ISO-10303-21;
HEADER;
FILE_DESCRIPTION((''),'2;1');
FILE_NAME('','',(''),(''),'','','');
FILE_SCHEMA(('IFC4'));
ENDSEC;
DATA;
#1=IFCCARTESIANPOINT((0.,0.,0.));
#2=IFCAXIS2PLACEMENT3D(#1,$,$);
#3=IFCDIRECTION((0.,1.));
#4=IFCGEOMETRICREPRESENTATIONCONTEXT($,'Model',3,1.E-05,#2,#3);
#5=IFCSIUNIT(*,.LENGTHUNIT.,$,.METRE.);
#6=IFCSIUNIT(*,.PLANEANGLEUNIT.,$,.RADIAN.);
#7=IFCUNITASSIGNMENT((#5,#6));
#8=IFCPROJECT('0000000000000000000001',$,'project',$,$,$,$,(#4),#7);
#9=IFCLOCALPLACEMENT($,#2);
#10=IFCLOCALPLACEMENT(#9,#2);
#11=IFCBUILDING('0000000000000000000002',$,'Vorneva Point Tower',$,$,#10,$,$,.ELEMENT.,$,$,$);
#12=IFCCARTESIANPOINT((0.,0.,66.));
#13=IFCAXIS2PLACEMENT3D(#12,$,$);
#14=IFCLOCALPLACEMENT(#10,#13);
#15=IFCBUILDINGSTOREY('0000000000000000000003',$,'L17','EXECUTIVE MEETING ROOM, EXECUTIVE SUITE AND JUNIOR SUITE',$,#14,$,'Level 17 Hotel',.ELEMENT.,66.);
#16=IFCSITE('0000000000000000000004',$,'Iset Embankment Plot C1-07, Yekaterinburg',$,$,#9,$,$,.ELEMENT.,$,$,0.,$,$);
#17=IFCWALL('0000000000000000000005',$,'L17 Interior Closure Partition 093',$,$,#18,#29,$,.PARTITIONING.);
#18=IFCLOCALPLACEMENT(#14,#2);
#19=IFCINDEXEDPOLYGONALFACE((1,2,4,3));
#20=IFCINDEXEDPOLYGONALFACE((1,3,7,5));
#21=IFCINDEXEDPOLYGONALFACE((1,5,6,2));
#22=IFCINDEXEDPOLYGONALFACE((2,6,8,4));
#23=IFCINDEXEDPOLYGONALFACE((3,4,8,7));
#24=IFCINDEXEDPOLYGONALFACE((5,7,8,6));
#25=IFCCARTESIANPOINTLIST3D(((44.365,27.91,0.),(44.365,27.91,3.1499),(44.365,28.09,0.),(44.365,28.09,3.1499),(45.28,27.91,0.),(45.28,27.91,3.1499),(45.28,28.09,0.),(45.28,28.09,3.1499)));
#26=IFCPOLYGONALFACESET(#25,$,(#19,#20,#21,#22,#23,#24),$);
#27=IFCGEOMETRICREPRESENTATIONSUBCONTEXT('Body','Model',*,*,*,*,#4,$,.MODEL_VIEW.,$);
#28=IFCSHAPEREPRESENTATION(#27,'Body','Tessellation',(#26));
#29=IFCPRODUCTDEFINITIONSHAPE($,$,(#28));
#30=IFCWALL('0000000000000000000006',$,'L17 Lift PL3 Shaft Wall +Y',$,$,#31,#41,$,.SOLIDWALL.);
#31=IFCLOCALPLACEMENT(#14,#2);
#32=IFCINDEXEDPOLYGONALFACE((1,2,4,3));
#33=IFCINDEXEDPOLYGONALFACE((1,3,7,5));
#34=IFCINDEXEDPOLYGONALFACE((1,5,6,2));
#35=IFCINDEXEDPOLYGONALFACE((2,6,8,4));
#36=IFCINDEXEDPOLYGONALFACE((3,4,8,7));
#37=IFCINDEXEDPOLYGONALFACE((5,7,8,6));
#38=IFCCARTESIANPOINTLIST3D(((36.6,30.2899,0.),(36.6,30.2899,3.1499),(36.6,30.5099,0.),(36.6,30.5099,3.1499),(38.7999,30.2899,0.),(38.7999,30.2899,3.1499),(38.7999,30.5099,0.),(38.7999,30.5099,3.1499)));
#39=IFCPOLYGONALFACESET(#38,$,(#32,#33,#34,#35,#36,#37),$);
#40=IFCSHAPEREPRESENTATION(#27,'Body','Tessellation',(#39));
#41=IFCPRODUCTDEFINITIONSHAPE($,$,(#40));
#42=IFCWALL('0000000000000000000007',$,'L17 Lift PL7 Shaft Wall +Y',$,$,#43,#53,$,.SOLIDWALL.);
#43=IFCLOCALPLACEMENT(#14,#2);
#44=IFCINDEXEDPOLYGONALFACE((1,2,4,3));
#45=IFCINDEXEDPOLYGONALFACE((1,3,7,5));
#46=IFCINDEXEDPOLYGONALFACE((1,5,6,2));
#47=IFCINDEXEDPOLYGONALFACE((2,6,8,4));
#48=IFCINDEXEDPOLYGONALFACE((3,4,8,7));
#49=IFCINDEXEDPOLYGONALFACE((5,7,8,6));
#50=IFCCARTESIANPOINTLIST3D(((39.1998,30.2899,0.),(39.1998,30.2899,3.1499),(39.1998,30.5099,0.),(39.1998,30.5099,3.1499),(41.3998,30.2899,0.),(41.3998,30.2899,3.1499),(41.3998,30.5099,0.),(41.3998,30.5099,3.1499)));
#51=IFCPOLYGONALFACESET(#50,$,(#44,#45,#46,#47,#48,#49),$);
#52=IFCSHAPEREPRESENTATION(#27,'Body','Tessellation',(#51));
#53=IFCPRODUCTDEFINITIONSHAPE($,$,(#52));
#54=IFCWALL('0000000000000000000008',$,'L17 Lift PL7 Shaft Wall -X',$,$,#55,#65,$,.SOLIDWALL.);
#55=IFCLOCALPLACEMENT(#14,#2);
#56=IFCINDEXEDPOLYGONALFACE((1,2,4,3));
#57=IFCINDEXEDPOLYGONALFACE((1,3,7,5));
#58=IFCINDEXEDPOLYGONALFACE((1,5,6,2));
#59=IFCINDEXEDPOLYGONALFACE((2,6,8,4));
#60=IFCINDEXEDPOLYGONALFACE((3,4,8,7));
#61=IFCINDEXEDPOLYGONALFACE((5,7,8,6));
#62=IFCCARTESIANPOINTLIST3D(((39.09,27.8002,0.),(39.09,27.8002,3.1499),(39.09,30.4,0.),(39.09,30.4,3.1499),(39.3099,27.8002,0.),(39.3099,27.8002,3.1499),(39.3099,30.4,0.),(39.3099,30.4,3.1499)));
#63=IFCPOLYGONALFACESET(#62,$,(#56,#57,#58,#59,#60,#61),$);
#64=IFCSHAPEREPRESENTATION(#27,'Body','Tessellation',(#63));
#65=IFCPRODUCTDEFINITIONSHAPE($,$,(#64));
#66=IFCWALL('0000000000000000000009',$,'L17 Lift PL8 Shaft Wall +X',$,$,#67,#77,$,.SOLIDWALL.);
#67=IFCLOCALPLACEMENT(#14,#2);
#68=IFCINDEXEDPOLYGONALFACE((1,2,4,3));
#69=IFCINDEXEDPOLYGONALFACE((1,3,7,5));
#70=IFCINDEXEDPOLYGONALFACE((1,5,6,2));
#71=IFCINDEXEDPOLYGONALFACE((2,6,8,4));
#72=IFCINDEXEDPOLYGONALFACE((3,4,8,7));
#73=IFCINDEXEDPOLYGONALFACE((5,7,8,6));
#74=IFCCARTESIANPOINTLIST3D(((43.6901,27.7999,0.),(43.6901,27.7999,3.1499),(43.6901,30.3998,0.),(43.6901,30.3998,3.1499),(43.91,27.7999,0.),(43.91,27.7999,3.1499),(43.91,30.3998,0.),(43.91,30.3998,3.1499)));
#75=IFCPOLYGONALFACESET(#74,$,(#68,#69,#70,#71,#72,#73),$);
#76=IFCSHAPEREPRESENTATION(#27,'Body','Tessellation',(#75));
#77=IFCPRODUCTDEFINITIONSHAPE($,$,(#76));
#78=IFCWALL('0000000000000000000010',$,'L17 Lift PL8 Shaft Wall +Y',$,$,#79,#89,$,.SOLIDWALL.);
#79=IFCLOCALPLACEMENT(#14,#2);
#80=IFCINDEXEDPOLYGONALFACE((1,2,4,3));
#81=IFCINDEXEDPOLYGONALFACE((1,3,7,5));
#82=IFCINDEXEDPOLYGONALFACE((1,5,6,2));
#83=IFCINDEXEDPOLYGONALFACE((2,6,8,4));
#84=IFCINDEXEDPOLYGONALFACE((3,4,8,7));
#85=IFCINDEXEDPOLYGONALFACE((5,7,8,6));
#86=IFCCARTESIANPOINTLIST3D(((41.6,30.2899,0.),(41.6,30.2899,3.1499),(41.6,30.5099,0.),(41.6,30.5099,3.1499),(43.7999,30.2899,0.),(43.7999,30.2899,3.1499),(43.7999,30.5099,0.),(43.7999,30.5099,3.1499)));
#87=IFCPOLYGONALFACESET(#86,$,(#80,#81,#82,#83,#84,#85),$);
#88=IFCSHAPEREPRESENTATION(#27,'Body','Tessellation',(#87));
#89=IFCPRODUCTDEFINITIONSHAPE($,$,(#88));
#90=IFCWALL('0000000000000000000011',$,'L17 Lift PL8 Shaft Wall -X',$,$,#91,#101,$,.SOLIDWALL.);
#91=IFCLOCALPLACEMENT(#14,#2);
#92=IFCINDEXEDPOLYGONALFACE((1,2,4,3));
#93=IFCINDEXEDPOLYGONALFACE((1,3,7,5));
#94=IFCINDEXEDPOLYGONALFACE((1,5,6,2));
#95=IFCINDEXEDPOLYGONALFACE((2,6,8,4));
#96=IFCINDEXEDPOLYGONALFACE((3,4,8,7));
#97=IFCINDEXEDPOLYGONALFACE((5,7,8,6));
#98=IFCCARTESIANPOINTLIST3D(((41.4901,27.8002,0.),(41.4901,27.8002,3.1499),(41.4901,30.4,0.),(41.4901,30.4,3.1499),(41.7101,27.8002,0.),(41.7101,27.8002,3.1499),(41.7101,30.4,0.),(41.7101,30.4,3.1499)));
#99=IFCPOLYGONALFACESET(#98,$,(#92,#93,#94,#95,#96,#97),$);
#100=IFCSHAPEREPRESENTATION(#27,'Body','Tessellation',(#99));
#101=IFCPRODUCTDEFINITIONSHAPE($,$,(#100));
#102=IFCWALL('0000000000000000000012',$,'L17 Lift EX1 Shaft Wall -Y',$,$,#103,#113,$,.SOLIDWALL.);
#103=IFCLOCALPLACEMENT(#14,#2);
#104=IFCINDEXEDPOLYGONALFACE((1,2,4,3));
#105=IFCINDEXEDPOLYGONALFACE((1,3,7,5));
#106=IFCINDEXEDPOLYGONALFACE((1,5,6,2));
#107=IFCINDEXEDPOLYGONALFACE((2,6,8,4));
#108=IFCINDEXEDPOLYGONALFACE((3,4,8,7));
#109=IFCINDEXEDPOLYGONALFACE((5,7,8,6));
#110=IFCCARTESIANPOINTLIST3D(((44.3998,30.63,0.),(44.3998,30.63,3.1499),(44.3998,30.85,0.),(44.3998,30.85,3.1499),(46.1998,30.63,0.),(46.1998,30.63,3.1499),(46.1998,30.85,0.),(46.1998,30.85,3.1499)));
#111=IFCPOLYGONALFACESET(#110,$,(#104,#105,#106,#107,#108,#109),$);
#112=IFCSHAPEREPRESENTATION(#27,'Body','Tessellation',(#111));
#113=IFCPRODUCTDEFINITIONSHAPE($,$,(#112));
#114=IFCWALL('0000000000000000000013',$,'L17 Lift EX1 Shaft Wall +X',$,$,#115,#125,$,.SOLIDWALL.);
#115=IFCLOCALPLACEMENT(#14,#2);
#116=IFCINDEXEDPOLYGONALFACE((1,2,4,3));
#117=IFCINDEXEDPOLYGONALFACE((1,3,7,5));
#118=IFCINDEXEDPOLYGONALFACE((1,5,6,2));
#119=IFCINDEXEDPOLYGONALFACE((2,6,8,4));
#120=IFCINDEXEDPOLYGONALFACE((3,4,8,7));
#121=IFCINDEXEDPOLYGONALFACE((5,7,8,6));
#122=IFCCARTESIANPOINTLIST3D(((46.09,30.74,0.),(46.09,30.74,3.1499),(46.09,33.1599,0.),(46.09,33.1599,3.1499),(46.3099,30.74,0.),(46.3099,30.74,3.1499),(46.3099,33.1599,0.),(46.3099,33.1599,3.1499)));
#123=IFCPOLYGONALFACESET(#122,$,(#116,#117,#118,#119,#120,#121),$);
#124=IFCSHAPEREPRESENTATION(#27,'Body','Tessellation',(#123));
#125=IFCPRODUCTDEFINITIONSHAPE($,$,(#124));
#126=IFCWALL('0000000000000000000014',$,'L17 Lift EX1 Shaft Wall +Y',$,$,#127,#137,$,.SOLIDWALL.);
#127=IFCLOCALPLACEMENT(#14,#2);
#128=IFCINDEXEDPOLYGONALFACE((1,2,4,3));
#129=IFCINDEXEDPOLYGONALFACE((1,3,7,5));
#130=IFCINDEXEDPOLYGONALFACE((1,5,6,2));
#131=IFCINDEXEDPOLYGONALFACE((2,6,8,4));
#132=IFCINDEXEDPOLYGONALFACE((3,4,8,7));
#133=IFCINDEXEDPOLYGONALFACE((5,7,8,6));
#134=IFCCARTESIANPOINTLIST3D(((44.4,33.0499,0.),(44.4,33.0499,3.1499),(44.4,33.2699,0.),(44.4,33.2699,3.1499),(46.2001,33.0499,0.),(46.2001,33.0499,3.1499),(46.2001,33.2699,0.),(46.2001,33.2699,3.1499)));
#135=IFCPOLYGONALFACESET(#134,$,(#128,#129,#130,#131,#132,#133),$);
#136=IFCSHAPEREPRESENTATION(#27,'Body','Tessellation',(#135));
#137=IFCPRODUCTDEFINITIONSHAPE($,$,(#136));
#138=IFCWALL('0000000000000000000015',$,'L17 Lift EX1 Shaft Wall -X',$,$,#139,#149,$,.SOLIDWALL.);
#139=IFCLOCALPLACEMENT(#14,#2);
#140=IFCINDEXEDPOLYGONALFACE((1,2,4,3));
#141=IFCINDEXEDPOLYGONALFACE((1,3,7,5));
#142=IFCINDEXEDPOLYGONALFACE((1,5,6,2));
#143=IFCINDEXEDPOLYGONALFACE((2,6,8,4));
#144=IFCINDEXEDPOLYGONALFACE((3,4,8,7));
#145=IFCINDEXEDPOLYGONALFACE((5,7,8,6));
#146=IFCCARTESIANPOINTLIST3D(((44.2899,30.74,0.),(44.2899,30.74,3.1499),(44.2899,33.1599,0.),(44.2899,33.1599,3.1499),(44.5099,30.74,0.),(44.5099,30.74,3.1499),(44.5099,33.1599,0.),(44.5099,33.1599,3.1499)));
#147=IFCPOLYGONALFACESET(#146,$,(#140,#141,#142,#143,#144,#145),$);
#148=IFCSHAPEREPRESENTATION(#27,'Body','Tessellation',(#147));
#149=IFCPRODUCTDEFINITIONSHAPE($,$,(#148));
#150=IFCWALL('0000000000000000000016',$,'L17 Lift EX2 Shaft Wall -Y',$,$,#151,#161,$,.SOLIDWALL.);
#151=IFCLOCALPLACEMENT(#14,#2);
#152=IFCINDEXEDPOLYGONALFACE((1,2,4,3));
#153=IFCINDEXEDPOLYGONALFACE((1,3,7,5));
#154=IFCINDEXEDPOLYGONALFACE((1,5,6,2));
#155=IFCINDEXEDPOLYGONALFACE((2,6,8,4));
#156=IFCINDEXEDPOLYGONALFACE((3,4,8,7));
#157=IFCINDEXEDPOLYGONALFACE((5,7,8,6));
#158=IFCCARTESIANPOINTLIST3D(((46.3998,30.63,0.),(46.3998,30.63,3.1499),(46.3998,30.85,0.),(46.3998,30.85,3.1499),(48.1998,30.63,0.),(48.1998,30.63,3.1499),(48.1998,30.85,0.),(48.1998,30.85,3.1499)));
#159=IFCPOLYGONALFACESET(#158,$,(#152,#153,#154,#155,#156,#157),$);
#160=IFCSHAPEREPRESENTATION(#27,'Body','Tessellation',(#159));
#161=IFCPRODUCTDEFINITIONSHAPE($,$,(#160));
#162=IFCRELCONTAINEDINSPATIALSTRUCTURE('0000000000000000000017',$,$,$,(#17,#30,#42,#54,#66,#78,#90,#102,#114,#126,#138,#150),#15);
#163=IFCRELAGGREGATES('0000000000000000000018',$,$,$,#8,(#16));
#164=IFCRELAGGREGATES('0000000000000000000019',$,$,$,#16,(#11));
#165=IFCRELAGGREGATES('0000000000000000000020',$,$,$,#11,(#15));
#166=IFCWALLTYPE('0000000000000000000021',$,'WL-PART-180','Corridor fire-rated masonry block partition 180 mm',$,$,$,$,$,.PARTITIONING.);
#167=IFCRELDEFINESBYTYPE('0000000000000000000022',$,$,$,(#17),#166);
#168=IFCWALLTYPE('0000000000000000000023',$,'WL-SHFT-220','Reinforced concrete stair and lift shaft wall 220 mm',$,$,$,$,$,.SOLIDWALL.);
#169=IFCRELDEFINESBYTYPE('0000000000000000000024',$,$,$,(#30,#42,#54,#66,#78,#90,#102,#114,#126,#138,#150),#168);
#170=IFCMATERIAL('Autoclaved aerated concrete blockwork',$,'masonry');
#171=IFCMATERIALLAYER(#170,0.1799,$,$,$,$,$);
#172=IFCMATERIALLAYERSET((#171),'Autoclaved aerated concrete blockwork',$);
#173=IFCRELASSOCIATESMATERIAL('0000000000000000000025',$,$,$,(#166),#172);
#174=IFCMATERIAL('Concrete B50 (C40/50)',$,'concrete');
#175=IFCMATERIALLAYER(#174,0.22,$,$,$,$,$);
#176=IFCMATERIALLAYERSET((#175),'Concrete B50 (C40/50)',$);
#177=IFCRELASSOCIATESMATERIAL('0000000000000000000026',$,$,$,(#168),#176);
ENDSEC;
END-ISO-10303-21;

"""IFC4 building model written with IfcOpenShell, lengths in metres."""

from ifc_helpers import new_model, si_unit, direction, frame, frame_2d, origin, place, context, subcontext, project, spatial, rectangle, extrude, material, layer, layer_set, type_object, element, save


model = new_model("IFC4")

# Units and contexts
model_context = context("Model", 3, precision=1e-05, world=origin(), true_north=direction((0.0, 1.0)))
body_context = subcontext(model_context, "Body", "Model", "MODEL_VIEW")
ifc_project = project(units=[si_unit("LENGTHUNIT", "METRE"), si_unit("PLANEANGLEUNIT", "RADIAN")], contexts=[model_context])

# Site, building, storey
site_placement = place(None, origin())
site = spatial("IfcSite", under=ifc_project, at=site_placement, Name="Iset Embankment Plot C1-07, Yekaterinburg", CompositionType="ELEMENT", RefElevation=0.0)
building_placement = place(site_placement, origin())
building = spatial("IfcBuilding", under=site, at=building_placement, Name="Vorneva Point Tower", CompositionType="ELEMENT")
storey_placement = place(building_placement, frame((0.0, 0.0, 66.0)))
storey = spatial("IfcBuildingStorey", under=building, at=storey_placement, Name="L17", Description="EXECUTIVE MEETING ROOM, EXECUTIVE SUITE AND JUNIOR SUITE", LongName="Level 17 Hotel", CompositionType="ELEMENT", Elevation=66.0)

# Shared definitions
ifc_material_1 = material(Name="Autoclaved aerated concrete blockwork", Category="masonry")
ifc_layer_1 = layer(ifc_material_1, 0.1799)
ifc_layer_set_1 = layer_set([ifc_layer_1], Name="Autoclaved aerated concrete blockwork")
wall_type_1 = type_object("IfcWallType", Name="WL-PART-180", Description="Corridor fire-rated masonry block partition 180 mm", PredefinedType="PARTITIONING", material=ifc_layer_set_1)

# Walls
wall_1_placement = place(storey_placement, frame((45.28, 28.0, 0.0), z_axis=(0.0, 0.0, 1.0), x_axis=(-1.0, 0.0, 0.0)))
element("IfcWall", 1, at=wall_1_placement, inside=storey, type_object=wall_type_1, Name="L17 Interior Closure Partition 093", PredefinedType="PARTITIONING", context=body_context, shape_type="SweptSolid", body=[
    extrude(rectangle(XDim=0.915, YDim=0.1799, at=frame_2d((0.4575, 0.0))), origin(), (0.0, 0.0, 1.0), 3.1499),
])
ifc_material_2 = material(Name="Concrete B50 (C40/50)", Category="concrete")
ifc_layer_2 = layer(ifc_material_2, 0.22)
ifc_layer_set_2 = layer_set([ifc_layer_2], Name="Concrete B50 (C40/50)")
wall_type_2 = type_object("IfcWallType", Name="WL-SHFT-220", Description="Reinforced concrete stair and lift shaft wall 220 mm", PredefinedType="SOLIDWALL", material=ifc_layer_set_2)
for number, where, z_axis, x_axis, name in (
    (2, (38.8, 30.3999, 0.0), (0.0, 0.0, 1.0), (-1.0, 0.0, 0.0), "L17 Lift PL3 Shaft Wall +Y"),
    (3, (41.3999, 30.3999, 0.0), (0.0, 0.0, 1.0), (-1.0, 0.0, 0.0), "L17 Lift PL7 Shaft Wall +Y"),
):
    element("IfcWall", number, at=place(storey_placement, frame(where, z_axis=z_axis, x_axis=x_axis)), inside=storey, type_object=wall_type_2, Name=name, PredefinedType="SOLIDWALL", context=body_context, shape_type="SweptSolid", body=[
        extrude(rectangle(XDim=2.2, YDim=0.22, at=frame_2d((1.1001, 0.0))), origin(), (0.0, 0.0, 1.0), 3.1499),
    ])
for number, where, z_axis, x_axis, name in (
    (4, (39.2, 30.3999, 0.0), (0.0, 0.0, 1.0), (0.0, -1.0, 0.0), "L17 Lift PL7 Shaft Wall -X"),
    (5, (43.8, 27.8, 0.0), (0.0, 0.0, 1.0), (0.0, 1.0, 0.0), "L17 Lift PL8 Shaft Wall +X"),
):
    element("IfcWall", number, at=place(storey_placement, frame(where, z_axis=z_axis, x_axis=x_axis)), inside=storey, type_object=wall_type_2, Name=name, PredefinedType="SOLIDWALL", context=body_context, shape_type="SweptSolid", body=[
        extrude(rectangle(XDim=2.5999, YDim=0.22, at=frame_2d((1.2998, 0.0))), origin(), (0.0, 0.0, 1.0), 3.1499),
    ])
wall_2_placement = place(storey_placement, frame((43.8, 30.3999, 0.0), z_axis=(0.0, 0.0, 1.0), x_axis=(-1.0, 0.0, 0.0)))
element("IfcWall", 6, at=wall_2_placement, inside=storey, type_object=wall_type_2, Name="L17 Lift PL8 Shaft Wall +Y", PredefinedType="SOLIDWALL", context=body_context, shape_type="SweptSolid", body=[
    extrude(rectangle(XDim=2.2, YDim=0.22, at=frame_2d((1.1001, 0.0))), origin(), (0.0, 0.0, 1.0), 3.1499),
])
wall_3_placement = place(storey_placement, frame((41.6001, 30.3999, 0.0), z_axis=(0.0, 0.0, 1.0), x_axis=(0.0, -1.0, 0.0)))
element("IfcWall", 7, at=wall_3_placement, inside=storey, type_object=wall_type_2, Name="L17 Lift PL8 Shaft Wall -X", PredefinedType="SOLIDWALL", context=body_context, shape_type="SweptSolid", body=[
    extrude(rectangle(XDim=2.5999, YDim=0.22, at=frame_2d((1.2998, 0.0))), origin(), (0.0, 0.0, 1.0), 3.1499),
])
wall_4_placement = place(storey_placement, frame((44.3999, 30.74, 0.0), z_axis=(0.0, 0.0, 1.0), x_axis=(1.0, 0.0, 0.0)))
element("IfcWall", 8, at=wall_4_placement, inside=storey, type_object=wall_type_2, Name="L17 Lift EX1 Shaft Wall -Y", PredefinedType="SOLIDWALL", context=body_context, shape_type="SweptSolid", body=[
    extrude(rectangle(XDim=1.8, YDim=0.22, at=frame_2d((0.8999, 0.0))), origin(), (0.0, 0.0, 1.0), 3.1499),
])
wall_5_placement = place(storey_placement, frame((46.2, 30.74, 0.0), z_axis=(0.0, 0.0, 1.0), x_axis=(0.0, 1.0, 0.0)))
element("IfcWall", 9, at=wall_5_placement, inside=storey, type_object=wall_type_2, Name="L17 Lift EX1 Shaft Wall +X", PredefinedType="SOLIDWALL", context=body_context, shape_type="SweptSolid", body=[
    extrude(rectangle(XDim=2.4199, YDim=0.22, at=frame_2d((1.21, 0.0))), origin(), (0.0, 0.0, 1.0), 3.1499),
])
wall_6_placement = place(storey_placement, frame((46.2, 33.1599, 0.0), z_axis=(0.0, 0.0, 1.0), x_axis=(-1.0, 0.0, 0.0)))
element("IfcWall", 10, at=wall_6_placement, inside=storey, type_object=wall_type_2, Name="L17 Lift EX1 Shaft Wall +Y", PredefinedType="SOLIDWALL", context=body_context, shape_type="SweptSolid", body=[
    extrude(rectangle(XDim=1.8, YDim=0.22, at=frame_2d((0.8999, 0.0))), origin(), (0.0, 0.0, 1.0), 3.1499),
])
wall_7_placement = place(storey_placement, frame((44.3999, 33.1599, 0.0), z_axis=(0.0, 0.0, 1.0), x_axis=(0.0, -1.0, 0.0)))
element("IfcWall", 11, at=wall_7_placement, inside=storey, type_object=wall_type_2, Name="L17 Lift EX1 Shaft Wall -X", PredefinedType="SOLIDWALL", context=body_context, shape_type="SweptSolid", body=[
    extrude(rectangle(XDim=2.4199, YDim=0.22, at=frame_2d((1.21, 0.0))), origin(), (0.0, 0.0, 1.0), 3.1499),
])
wall_8_placement = place(storey_placement, frame((46.3999, 30.74, 0.0), z_axis=(0.0, 0.0, 1.0), x_axis=(1.0, 0.0, 0.0)))
element("IfcWall", 12, at=wall_8_placement, inside=storey, type_object=wall_type_2, Name="L17 Lift EX2 Shaft Wall -Y", PredefinedType="SOLIDWALL", context=body_context, shape_type="SweptSolid", body=[
    extrude(rectangle(XDim=1.8, YDim=0.22, at=frame_2d((0.8999, 0.0))), origin(), (0.0, 0.0, 1.0), 3.1499),
])

save(model, "model.ifc")
